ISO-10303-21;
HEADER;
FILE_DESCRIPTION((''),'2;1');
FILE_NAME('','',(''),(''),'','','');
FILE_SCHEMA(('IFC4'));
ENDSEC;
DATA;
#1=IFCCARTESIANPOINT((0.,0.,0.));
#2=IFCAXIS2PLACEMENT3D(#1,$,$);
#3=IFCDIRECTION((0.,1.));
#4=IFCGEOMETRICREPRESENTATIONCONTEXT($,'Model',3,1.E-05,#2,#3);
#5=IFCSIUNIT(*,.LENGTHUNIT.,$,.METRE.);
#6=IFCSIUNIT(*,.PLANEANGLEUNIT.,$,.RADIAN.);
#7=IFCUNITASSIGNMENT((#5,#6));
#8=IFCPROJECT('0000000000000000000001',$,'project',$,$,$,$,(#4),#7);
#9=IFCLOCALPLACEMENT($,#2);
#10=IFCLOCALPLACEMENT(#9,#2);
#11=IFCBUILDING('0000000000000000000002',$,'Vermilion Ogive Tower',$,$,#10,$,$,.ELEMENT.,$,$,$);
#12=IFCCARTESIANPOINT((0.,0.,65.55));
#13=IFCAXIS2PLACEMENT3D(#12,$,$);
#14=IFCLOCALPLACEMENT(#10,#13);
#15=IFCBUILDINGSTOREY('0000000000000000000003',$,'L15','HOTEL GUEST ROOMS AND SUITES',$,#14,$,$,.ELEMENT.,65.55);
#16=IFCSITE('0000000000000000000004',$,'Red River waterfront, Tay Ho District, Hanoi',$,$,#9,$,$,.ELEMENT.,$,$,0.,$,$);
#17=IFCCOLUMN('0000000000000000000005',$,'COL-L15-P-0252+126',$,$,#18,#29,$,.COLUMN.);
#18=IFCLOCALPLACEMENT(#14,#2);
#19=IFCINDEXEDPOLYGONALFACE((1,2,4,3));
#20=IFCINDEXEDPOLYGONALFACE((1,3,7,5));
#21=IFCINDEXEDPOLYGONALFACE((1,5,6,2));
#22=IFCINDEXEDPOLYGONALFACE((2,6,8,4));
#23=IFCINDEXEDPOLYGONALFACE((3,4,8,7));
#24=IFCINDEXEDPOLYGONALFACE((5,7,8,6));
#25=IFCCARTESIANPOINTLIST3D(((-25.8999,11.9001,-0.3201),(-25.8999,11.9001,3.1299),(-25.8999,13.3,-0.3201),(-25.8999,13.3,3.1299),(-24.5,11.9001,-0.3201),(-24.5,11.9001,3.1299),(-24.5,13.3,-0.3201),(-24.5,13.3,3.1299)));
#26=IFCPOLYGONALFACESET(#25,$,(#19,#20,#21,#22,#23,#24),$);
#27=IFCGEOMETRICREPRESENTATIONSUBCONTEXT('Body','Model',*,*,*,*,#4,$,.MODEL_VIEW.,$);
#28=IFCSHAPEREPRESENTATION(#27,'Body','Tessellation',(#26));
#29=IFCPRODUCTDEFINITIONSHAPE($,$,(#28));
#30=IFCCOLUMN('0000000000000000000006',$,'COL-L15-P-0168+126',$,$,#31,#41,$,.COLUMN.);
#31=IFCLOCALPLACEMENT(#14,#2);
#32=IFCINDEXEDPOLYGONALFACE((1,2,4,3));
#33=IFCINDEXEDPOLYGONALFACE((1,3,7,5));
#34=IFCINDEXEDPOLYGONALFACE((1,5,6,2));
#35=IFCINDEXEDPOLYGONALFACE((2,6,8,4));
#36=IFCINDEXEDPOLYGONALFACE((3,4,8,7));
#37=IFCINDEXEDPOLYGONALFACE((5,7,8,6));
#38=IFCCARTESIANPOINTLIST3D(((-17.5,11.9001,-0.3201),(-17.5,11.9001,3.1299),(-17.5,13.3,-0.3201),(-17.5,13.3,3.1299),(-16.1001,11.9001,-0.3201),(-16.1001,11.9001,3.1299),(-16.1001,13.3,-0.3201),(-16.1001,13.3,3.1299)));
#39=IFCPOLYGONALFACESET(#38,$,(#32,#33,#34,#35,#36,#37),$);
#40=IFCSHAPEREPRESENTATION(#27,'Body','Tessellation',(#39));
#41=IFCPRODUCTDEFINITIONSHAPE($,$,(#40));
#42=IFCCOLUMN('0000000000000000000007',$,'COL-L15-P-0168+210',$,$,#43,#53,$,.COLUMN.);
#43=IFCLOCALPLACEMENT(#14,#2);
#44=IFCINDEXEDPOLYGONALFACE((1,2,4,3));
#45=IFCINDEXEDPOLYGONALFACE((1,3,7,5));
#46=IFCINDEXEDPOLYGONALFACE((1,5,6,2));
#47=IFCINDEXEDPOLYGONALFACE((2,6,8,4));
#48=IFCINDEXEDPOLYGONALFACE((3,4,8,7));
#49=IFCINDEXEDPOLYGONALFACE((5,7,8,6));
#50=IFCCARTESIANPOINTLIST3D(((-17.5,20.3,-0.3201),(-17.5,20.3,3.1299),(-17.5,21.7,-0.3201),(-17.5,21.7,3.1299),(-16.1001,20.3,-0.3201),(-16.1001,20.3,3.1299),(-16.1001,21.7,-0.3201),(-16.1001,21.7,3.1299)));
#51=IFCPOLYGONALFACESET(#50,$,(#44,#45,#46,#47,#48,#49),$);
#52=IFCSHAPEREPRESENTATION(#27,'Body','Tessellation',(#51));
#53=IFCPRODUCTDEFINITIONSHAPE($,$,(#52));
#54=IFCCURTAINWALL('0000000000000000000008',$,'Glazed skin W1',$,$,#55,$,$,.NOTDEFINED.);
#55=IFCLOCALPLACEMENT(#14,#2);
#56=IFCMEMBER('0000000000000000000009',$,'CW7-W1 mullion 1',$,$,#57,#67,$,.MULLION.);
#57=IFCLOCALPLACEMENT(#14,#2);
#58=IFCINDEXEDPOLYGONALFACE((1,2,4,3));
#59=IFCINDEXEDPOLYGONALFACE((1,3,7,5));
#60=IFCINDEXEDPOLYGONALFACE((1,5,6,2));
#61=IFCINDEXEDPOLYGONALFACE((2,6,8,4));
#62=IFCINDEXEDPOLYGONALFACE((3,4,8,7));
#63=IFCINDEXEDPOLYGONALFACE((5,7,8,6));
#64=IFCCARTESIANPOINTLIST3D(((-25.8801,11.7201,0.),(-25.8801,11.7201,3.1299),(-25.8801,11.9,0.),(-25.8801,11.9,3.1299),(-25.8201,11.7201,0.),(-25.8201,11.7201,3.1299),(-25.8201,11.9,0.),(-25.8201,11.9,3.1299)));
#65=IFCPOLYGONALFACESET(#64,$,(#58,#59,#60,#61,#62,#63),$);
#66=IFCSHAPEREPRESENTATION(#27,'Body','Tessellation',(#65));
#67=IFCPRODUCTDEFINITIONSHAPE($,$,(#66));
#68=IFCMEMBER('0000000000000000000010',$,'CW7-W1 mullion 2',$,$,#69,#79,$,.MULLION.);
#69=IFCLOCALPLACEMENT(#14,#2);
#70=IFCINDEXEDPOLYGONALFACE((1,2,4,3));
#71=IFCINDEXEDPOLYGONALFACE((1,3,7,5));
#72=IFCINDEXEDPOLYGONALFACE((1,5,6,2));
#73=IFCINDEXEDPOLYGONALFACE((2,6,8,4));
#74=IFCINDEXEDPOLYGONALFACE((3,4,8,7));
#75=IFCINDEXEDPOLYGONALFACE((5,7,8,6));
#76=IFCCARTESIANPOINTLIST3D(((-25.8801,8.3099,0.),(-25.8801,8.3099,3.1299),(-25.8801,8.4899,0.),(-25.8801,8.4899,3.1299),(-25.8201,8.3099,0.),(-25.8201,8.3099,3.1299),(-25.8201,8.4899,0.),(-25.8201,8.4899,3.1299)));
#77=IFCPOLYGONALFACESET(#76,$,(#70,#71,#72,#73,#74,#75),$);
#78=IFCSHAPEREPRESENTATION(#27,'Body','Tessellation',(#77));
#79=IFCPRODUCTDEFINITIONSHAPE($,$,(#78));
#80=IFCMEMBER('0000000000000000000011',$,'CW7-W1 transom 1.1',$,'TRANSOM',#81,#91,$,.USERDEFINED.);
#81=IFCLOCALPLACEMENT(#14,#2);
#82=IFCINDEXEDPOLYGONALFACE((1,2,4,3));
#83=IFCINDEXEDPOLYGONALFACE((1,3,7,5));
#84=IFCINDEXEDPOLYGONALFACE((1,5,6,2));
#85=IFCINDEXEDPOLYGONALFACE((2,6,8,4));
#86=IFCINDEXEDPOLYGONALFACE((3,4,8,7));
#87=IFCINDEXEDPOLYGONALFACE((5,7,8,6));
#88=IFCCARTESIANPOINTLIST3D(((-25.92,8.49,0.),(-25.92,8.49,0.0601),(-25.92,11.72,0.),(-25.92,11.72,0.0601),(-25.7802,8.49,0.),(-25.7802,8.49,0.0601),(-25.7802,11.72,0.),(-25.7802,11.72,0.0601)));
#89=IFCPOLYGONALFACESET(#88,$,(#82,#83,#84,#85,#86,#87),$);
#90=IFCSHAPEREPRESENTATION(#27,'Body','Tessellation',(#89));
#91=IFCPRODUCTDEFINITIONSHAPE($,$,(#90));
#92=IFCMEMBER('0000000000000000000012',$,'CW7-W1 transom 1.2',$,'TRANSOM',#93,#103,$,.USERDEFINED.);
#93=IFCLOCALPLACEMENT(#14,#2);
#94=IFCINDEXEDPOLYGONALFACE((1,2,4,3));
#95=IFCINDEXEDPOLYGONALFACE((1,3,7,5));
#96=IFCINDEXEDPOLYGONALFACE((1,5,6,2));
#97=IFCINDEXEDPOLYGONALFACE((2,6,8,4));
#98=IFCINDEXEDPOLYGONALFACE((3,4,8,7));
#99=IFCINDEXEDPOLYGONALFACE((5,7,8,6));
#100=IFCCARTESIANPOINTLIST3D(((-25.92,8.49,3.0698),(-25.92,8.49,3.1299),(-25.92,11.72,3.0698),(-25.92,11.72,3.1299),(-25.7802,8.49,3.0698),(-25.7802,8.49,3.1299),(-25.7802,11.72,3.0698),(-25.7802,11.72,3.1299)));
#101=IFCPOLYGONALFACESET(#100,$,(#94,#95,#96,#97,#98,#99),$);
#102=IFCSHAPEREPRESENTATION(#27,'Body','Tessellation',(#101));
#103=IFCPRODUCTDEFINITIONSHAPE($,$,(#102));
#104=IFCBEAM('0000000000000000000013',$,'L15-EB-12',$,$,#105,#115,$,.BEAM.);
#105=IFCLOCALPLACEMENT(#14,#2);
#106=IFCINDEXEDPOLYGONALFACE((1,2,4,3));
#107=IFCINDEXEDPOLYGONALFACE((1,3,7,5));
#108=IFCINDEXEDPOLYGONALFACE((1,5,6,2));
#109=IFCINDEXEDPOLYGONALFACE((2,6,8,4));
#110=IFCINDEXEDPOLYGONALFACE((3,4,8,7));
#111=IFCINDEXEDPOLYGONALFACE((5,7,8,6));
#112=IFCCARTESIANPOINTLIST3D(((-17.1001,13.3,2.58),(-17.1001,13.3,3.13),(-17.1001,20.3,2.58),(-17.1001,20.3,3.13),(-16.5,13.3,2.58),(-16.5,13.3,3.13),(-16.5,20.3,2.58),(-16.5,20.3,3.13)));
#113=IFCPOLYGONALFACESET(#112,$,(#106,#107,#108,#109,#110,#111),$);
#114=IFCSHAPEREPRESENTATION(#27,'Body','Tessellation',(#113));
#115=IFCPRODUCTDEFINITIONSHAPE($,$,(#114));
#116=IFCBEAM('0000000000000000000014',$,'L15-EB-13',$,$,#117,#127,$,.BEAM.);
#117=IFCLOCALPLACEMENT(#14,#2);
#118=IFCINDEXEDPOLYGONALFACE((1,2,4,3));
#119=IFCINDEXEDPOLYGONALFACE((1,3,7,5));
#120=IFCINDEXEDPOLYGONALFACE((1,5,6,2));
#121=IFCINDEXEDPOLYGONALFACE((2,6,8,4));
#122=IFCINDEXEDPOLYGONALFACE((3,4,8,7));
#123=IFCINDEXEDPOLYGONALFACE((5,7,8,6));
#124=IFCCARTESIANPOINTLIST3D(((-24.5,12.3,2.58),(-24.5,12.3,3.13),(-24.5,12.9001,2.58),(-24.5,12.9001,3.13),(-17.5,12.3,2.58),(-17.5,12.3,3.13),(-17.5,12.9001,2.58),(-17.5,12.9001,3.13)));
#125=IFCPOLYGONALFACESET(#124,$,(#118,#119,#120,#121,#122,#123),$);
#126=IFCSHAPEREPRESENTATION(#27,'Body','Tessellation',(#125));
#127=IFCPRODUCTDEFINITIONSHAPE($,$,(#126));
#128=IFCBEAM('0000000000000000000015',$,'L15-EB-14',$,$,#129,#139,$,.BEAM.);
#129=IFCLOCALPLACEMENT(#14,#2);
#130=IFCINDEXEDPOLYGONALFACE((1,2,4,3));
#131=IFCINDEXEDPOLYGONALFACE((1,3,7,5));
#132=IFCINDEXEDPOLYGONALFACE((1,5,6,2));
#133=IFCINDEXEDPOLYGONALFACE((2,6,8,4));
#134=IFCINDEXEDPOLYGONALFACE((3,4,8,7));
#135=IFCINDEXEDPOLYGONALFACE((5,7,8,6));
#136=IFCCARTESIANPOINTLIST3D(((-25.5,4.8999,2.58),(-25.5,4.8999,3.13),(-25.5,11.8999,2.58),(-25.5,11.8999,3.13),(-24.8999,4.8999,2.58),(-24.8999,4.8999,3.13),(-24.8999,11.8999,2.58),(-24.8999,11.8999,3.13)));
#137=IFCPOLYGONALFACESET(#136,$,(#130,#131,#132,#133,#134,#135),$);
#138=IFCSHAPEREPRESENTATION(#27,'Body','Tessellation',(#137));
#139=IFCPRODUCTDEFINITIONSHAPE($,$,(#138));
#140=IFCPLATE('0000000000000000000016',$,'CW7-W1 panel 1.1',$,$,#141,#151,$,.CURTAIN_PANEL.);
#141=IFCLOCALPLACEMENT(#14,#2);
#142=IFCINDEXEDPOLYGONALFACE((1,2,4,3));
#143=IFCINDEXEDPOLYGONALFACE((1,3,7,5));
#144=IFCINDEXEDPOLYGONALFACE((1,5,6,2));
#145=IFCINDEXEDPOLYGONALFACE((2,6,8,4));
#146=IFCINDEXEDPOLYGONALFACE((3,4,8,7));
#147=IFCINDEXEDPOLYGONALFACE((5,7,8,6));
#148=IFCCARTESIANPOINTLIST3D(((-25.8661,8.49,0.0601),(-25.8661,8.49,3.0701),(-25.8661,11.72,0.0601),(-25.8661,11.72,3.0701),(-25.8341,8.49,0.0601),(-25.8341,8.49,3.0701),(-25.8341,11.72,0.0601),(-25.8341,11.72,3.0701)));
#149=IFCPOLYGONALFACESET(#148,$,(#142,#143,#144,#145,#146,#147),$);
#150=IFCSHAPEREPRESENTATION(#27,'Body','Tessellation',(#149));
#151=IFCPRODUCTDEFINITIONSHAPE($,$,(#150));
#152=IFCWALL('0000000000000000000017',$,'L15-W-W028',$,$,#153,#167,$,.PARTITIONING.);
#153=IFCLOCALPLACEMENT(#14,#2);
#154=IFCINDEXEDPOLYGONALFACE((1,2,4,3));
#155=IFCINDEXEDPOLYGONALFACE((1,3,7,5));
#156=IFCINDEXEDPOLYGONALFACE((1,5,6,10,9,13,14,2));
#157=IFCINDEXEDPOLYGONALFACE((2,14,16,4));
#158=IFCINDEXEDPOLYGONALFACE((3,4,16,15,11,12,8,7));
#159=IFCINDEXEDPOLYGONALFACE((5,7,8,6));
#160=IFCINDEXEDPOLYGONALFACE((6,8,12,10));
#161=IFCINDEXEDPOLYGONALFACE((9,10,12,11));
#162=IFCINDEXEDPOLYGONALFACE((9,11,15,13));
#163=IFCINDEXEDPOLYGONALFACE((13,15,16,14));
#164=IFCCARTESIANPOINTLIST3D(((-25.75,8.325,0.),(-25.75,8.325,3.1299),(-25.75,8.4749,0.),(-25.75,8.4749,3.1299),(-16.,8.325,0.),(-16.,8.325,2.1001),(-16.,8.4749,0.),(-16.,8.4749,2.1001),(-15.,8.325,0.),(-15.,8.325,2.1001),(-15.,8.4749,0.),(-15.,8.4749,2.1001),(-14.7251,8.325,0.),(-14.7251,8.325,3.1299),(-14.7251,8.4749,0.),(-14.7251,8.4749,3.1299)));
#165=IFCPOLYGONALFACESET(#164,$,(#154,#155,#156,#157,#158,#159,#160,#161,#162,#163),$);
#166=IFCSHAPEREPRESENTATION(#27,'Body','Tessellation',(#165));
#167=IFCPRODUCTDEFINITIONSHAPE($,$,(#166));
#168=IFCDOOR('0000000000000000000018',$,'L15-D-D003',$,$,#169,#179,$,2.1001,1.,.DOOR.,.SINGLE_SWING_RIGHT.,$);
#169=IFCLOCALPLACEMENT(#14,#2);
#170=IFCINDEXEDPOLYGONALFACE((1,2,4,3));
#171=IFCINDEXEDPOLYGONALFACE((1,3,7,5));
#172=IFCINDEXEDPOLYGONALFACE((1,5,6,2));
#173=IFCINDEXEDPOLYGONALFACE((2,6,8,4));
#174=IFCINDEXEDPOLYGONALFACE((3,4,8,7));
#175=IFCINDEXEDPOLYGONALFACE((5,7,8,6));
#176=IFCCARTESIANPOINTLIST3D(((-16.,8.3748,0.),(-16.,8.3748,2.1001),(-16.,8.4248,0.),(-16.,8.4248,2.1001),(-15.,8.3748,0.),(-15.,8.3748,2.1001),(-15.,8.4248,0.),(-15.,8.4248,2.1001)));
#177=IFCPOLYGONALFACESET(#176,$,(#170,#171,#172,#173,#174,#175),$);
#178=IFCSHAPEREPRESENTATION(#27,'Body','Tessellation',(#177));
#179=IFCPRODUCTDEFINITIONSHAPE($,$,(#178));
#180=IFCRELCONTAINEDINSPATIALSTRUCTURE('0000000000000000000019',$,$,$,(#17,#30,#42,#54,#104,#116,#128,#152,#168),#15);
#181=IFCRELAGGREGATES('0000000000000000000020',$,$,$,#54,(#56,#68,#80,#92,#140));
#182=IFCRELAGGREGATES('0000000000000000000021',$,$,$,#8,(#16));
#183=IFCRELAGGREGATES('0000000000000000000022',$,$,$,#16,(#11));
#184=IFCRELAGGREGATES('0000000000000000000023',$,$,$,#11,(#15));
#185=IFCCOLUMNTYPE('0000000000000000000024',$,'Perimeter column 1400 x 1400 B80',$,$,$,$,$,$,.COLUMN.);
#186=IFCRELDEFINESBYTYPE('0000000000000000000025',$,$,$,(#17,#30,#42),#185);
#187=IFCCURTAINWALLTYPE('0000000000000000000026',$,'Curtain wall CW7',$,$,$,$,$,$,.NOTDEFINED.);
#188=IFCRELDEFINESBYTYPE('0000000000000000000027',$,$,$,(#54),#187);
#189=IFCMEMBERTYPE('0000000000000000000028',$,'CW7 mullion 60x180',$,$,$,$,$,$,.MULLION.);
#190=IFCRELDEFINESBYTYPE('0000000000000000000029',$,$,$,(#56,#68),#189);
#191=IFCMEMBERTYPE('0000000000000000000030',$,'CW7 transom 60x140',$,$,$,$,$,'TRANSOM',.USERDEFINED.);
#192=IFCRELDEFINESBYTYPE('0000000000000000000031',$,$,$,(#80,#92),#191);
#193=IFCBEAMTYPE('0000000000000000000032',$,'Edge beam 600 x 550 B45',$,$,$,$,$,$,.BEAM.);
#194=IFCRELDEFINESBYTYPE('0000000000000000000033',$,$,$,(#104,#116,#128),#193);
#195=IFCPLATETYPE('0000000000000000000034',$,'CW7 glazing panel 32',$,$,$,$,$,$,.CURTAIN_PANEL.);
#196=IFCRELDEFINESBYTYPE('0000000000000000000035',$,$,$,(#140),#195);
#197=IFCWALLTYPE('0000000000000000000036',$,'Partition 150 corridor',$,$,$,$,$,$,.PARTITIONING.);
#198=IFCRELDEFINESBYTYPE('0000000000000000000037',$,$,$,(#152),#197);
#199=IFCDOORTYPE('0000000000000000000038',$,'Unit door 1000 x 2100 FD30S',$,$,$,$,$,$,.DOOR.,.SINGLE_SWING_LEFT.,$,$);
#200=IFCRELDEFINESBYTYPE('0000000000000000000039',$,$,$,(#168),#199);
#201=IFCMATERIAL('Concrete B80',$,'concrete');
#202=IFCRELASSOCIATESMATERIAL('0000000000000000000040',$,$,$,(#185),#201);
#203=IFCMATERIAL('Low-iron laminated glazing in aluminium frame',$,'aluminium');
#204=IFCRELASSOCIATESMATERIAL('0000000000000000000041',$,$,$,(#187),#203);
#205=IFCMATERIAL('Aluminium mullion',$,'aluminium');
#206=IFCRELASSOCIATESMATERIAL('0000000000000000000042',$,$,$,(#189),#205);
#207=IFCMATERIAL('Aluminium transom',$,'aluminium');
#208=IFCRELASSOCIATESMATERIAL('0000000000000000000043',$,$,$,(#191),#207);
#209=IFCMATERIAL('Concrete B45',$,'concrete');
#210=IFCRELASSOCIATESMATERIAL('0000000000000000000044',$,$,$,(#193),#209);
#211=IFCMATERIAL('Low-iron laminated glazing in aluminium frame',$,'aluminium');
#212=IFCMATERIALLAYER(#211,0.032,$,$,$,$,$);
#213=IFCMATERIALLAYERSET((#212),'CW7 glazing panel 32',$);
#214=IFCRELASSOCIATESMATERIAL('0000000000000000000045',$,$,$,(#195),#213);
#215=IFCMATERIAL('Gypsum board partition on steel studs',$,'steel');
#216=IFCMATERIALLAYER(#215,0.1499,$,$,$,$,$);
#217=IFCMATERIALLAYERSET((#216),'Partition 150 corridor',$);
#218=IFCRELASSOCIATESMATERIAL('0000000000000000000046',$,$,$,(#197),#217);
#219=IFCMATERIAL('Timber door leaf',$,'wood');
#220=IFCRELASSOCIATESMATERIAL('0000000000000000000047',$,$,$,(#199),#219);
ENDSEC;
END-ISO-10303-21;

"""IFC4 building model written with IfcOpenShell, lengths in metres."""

from ifc_helpers import new_model, si_unit, direction, frame, frame_2d, origin, origin_2d, place, context, subcontext, project, spatial, rectangle, extrude, material, layer, layer_set, material_profile, profile_set, type_object, element, fill, aggregate, save


model = new_model("IFC4")

# Units and contexts
model_context = context("Model", 3, precision=1e-05, world=origin(), true_north=direction((0.0, 1.0)))
body_context = subcontext(model_context, "Body", "Model", "MODEL_VIEW")
ifc_project = project(units=[si_unit("LENGTHUNIT", "METRE"), si_unit("PLANEANGLEUNIT", "RADIAN")], contexts=[model_context])

# Site, building, storey
site_placement = place(None, origin())
site = spatial("IfcSite", under=ifc_project, at=site_placement, Name="Red River waterfront, Tay Ho District, Hanoi", CompositionType="ELEMENT", RefElevation=0.0)
building_placement = place(site_placement, origin())
building = spatial("IfcBuilding", under=site, at=building_placement, Name="Vermilion Ogive Tower", CompositionType="ELEMENT")
storey_placement = place(building_placement, frame((0.0, 0.0, 65.55)))
storey = spatial("IfcBuildingStorey", under=building, at=storey_placement, Name="L15", Description="HOTEL GUEST ROOMS AND SUITES", CompositionType="ELEMENT", Elevation=65.55)

# Columns
ifc_material_1 = material(Name="Concrete B80", Category="concrete")
ifc_material_profile_1 = material_profile(ifc_material_1, rectangle(XDim=1.3999, YDim=1.3999, at=origin_2d()), Name="1400 x 1400")
ifc_profile_set_1 = profile_set([ifc_material_profile_1], Name="Concrete B80")
column_type = type_object("IfcColumnType", Name="Perimeter column 1400 x 1400 B80", PredefinedType="COLUMN", material=ifc_profile_set_1)
for number, where, z_axis, x_axis, name in (
    (1, (-25.2, 12.6001, -0.3201), (0.0, 0.0, 1.0), (1.0, 0.0, 0.0), "COL-L15-P-0252+126"),
    (2, (-16.8, 12.6001, -0.3201), (0.0, 0.0, 1.0), (1.0, 0.0, 0.0), "COL-L15-P-0168+126"),
    (3, (-16.8, 21.0, -0.3201), (0.0, 0.0, 1.0), (1.0, 0.0, 0.0), "COL-L15-P-0168+210"),
):
    element("IfcColumn", number, at=place(storey_placement, frame(where, z_axis=z_axis, x_axis=x_axis)), inside=storey, type_object=column_type, Name=name, PredefinedType="COLUMN", context=body_context, shape_type="SweptSolid", body=[
        extrude(rectangle(XDim=1.3999, YDim=1.3999, at=origin_2d()), origin(), (0.0, 0.0, 1.0), 3.45),
    ])

# Curtain wall, members
ifc_material_2 = material(Name="Low-iron laminated glazing in aluminium frame", Category="aluminium")
curtain_wall_type = type_object("IfcCurtainWallType", Name="Curtain wall CW7", PredefinedType="NOTDEFINED", material=ifc_material_2)
curtain_wall_placement = place(storey_placement, origin())
curtain_wall = element("IfcCurtainWall", 4, at=curtain_wall_placement, inside=storey, type_object=curtain_wall_type, Name="Glazed skin W1", PredefinedType="NOTDEFINED")
ifc_material_3 = material(Name="Aluminium mullion", Category="aluminium")
ifc_material_profile_2 = material_profile(ifc_material_3, rectangle(XDim=0.0601, YDim=0.1799, at=origin_2d()), Name="AL 60x180")
ifc_profile_set_2 = profile_set([ifc_material_profile_2], Name="Aluminium mullion")
member_type_1 = type_object("IfcMemberType", Name="CW7 mullion 60x180", PredefinedType="MULLION", material=ifc_profile_set_2)
member_1_placement = place(storey_placement, frame((-25.8501, 11.8101, 0.0), z_axis=(0.0, 0.0, 1.0), x_axis=(1.0, 0.0, 0.0)))
member_1 = element("IfcMember", 5, at=member_1_placement, type_object=member_type_1, Name="CW7-W1 mullion 1", PredefinedType="MULLION", context=body_context, shape_type="SweptSolid", body=[
    extrude(rectangle(XDim=0.0601, YDim=0.1799, at=origin_2d()), origin(), (0.0, 0.0, 1.0), 3.1299),
])
member_2_placement = place(storey_placement, frame((-25.8501, 8.3999, 0.0), z_axis=(0.0, 0.0, 1.0), x_axis=(1.0, 0.0, 0.0)))
member_2 = element("IfcMember", 6, at=member_2_placement, type_object=member_type_1, Name="CW7-W1 mullion 2", PredefinedType="MULLION", context=body_context, shape_type="SweptSolid", body=[
    extrude(rectangle(XDim=0.0601, YDim=0.1799, at=origin_2d()), origin(), (0.0, 0.0, 1.0), 3.1299),
])
ifc_material_4 = material(Name="Aluminium transom", Category="aluminium")
ifc_material_profile_3 = material_profile(ifc_material_4, rectangle(XDim=0.1399, YDim=0.0601, at=origin_2d()), Name="AL 60x140")
ifc_profile_set_3 = profile_set([ifc_material_profile_3], Name="Aluminium transom")
member_type_2 = type_object("IfcMemberType", Name="CW7 transom 60x140", ElementType="TRANSOM", PredefinedType="USERDEFINED", material=ifc_profile_set_3)
member_3_placement = place(storey_placement, frame((-25.8501, 11.72, 0.03), z_axis=(0.0, -1.0, 0.0), x_axis=(1.0, 0.0, 0.0)))
member_3 = element("IfcMember", 7, at=member_3_placement, type_object=member_type_2, Name="CW7-W1 transom 1.1", ObjectType="TRANSOM", PredefinedType="USERDEFINED", context=body_context, shape_type="SweptSolid", body=[
    extrude(rectangle(XDim=0.1399, YDim=0.0601, at=origin_2d()), origin(), (0.0, 0.0, 1.0), 3.23),
])
member_4_placement = place(storey_placement, frame((-25.8501, 11.72, 3.0999), z_axis=(0.0, -1.0, 0.0), x_axis=(1.0, 0.0, 0.0)))
member_4 = element("IfcMember", 8, at=member_4_placement, type_object=member_type_2, Name="CW7-W1 transom 1.2", ObjectType="TRANSOM", PredefinedType="USERDEFINED", context=body_context, shape_type="SweptSolid", body=[
    extrude(rectangle(XDim=0.1399, YDim=0.0601, at=origin_2d()), origin(), (0.0, 0.0, 1.0), 3.23),
])

# Beams
ifc_material_5 = material(Name="Concrete B45", Category="concrete")
ifc_material_profile_4 = material_profile(ifc_material_5, rectangle(XDim=0.6001, YDim=0.55, at=origin_2d()), Name="600 x 550")
ifc_profile_set_4 = profile_set([ifc_material_profile_4], Name="Concrete B45")
beam_type = type_object("IfcBeamType", Name="Edge beam 600 x 550 B45", PredefinedType="BEAM", material=ifc_profile_set_4)
for number, where, z_axis, x_axis, name in (
    (9, (-16.8, 20.3, 2.855), (0.0, -1.0, 0.0), (1.0, 0.0, 0.0), "L15-EB-12"),
    (10, (-17.5, 12.6001, 2.855), (-1.0, 0.0, 0.0), (0.0, -1.0, 0.0), "L15-EB-13"),
    (11, (-25.2, 11.8999, 2.855), (0.0, -1.0, 0.0), (1.0, 0.0, 0.0), "L15-EB-14"),
):
    element("IfcBeam", number, at=place(storey_placement, frame(where, z_axis=z_axis, x_axis=x_axis)), inside=storey, type_object=beam_type, Name=name, PredefinedType="BEAM", context=body_context, shape_type="SweptSolid", body=[
        extrude(rectangle(XDim=0.6001, YDim=0.55, at=origin_2d()), origin(), (0.0, 0.0, 1.0), 7.0),
    ])

# Plate
ifc_material_6 = material(Name="Low-iron laminated glazing in aluminium frame", Category="aluminium")
ifc_layer_1 = layer(ifc_material_6, 0.032)
ifc_layer_set_1 = layer_set([ifc_layer_1], Name="CW7 glazing panel 32")
plate_type = type_object("IfcPlateType", Name="CW7 glazing panel 32", PredefinedType="CURTAIN_PANEL", material=ifc_layer_set_1)
plate_placement = place(storey_placement, frame((-25.8501, 10.105, 0.0601), z_axis=(0.0, 0.0, 1.0), x_axis=(0.0, -1.0, 0.0)))
plate = element("IfcPlate", 12, at=plate_placement, type_object=plate_type, Name="CW7-W1 panel 1.1", PredefinedType="CURTAIN_PANEL", context=body_context, shape_type="SweptSolid", body=[
    extrude(rectangle(XDim=3.23, YDim=0.032, at=origin_2d()), origin(), (0.0, 0.0, 1.0), 3.01),
])
aggregate(curtain_wall, [member_1, member_2, member_3, member_4, plate])

# Wall, opening, door
ifc_material_7 = material(Name="Gypsum board partition on steel studs", Category="steel")
ifc_layer_2 = layer(ifc_material_7, 0.1499)
ifc_layer_set_2 = layer_set([ifc_layer_2], Name="Partition 150 corridor")
wall_type_1 = type_object("IfcWallType", Name="Partition 150 corridor", PredefinedType="PARTITIONING", material=ifc_layer_set_2)
wall_1_placement = place(storey_placement, frame((-25.75, 8.3999, 0.0), z_axis=(0.0, 0.0, 1.0), x_axis=(1.0, 0.0, 0.0)))
wall_1 = element("IfcWall", 13, at=wall_1_placement, inside=storey, type_object=wall_type_1, Name="L15-W-W028", PredefinedType="PARTITIONING", context=body_context, shape_type="SweptSolid", body=[
    extrude(rectangle(XDim=11.0249, YDim=0.1499, at=frame_2d((5.5125, 0.0))), origin(), (0.0, 0.0, 1.0), 3.1299),
])
opening_1_placement = place(wall_1_placement, frame((9.75, 0.0, 0.0)))
opening_1 = element("IfcOpeningElement", 14, at=opening_1_placement, cuts=wall_1, PredefinedType="OPENING", context=body_context, shape_type="SweptSolid", body=[
    extrude(rectangle(XDim=1.0, YDim=2.1001, at=frame_2d((0.5, 1.05))), frame((0.0, 0.085, 0.0), z_axis=(0.0, -1.0, 0.0), x_axis=(1.0, 0.0, 0.0)), (0.0, 0.0, 1.0), 0.1699),
])
ifc_material_8 = material(Name="Timber door leaf", Category="wood")
door_type_1 = type_object("IfcDoorType", Name="Unit door 1000 x 2100 FD30S", OperationType="SINGLE_SWING_LEFT", PredefinedType="DOOR", material=ifc_material_8)
door_1_placement = place(opening_1_placement, origin())
door_1 = element("IfcDoor", 15, at=door_1_placement, inside=storey, type_object=door_type_1, Name="L15-D-D003", OperationType="SINGLE_SWING_RIGHT", OverallHeight=2.1001, OverallWidth=1.0, PredefinedType="DOOR", context=body_context, shape_type="SweptSolid", body=[
    extrude(rectangle(XDim=1.0, YDim=2.1001, at=frame_2d((0.5, 1.05))), frame((0.0, 0.0249, 0.0), z_axis=(0.0, -1.0, 0.0), x_axis=(1.0, 0.0, 0.0)), (0.0, 0.0, 1.0), 0.05),
])
fill(opening_1, door_1)

save(model, "model.ifc")
